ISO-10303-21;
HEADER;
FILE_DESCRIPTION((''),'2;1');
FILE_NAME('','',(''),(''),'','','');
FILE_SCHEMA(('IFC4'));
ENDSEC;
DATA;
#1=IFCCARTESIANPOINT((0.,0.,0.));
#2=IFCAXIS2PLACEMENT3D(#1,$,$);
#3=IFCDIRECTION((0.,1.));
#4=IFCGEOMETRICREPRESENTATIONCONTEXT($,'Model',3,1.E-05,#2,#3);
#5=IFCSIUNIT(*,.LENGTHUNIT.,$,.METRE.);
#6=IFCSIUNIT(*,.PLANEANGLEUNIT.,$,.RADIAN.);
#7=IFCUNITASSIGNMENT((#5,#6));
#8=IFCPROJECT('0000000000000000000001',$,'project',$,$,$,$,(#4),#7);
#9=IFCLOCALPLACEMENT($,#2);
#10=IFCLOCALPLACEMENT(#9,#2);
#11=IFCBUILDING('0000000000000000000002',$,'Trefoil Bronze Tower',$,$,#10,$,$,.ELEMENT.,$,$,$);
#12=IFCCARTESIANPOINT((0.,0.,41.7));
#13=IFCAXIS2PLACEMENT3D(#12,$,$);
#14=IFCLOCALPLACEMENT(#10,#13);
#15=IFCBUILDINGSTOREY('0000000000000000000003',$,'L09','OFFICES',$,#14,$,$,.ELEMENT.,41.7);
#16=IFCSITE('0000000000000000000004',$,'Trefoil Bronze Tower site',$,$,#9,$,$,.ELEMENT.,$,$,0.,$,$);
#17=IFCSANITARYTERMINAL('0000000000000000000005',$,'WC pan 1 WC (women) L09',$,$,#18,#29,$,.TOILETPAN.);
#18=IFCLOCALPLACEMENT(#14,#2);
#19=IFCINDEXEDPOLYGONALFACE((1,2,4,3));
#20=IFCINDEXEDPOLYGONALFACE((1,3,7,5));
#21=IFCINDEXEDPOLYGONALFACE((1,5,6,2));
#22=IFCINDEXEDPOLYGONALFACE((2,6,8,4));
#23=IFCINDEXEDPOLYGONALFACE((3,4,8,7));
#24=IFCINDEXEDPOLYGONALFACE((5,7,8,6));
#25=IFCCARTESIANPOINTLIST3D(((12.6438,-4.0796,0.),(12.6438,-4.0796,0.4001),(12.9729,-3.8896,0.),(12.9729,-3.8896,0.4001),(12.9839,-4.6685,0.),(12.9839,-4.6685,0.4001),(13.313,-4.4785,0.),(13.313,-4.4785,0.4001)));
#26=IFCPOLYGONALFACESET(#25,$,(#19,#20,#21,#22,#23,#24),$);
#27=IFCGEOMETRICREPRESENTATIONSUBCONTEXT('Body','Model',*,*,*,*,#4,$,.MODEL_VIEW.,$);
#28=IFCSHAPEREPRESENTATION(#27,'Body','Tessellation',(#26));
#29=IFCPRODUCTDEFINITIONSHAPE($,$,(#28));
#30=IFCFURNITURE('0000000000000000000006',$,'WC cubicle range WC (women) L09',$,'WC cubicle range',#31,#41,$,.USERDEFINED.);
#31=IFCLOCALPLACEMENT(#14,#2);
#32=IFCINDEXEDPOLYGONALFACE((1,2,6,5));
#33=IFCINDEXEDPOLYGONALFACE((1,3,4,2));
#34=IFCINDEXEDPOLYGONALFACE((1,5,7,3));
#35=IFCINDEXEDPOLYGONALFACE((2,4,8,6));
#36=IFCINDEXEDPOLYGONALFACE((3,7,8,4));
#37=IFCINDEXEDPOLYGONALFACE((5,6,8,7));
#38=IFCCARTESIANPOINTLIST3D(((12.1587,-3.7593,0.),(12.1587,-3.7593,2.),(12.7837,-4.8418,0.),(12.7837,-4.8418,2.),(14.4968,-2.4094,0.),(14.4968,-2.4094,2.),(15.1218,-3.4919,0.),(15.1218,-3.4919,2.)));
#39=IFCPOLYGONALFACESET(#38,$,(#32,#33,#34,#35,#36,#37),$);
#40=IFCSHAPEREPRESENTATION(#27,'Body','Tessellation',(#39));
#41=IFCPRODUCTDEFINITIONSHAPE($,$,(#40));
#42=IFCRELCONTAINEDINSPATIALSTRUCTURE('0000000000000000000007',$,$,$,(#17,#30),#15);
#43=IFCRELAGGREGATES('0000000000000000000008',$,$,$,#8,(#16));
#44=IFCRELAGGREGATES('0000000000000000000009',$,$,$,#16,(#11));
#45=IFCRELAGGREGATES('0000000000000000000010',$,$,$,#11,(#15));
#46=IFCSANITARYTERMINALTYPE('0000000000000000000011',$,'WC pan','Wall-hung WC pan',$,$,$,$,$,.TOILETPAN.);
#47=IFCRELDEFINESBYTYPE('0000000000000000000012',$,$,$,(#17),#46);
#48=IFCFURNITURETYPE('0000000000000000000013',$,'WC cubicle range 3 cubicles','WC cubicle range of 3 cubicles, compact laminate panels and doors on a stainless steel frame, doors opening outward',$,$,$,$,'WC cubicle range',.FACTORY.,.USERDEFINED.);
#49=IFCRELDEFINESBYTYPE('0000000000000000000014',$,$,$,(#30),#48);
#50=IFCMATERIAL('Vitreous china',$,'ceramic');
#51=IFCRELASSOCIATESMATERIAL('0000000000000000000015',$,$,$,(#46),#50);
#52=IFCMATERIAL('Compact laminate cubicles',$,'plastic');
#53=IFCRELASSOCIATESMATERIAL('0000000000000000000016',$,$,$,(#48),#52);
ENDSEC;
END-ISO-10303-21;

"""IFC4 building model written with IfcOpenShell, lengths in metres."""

from ifc_helpers import new_model, si_unit, direction, frame, origin, place, context, subcontext, project, spatial, polyline, outline, extrude, material, type_object, element, save


model = new_model("IFC4")

# Units and contexts
model_context = context("Model", 3, precision=1e-05, world=origin(), true_north=direction((0.0, 1.0)))
body_context = subcontext(model_context, "Body", "Model", "MODEL_VIEW")
ifc_project = project(units=[si_unit("LENGTHUNIT", "METRE"), si_unit("PLANEANGLEUNIT", "RADIAN")], contexts=[model_context])

# Site, building, storey
site_placement = place(None, origin())
site = spatial("IfcSite", under=ifc_project, at=site_placement, Name="Trefoil Bronze Tower site", CompositionType="ELEMENT", RefElevation=0.0)
building_placement = place(site_placement, origin())
building = spatial("IfcBuilding", under=site, at=building_placement, Name="Trefoil Bronze Tower", CompositionType="ELEMENT")
storey_placement = place(building_placement, frame((0.0, 0.0, 41.7)))
storey = spatial("IfcBuildingStorey", under=building, at=storey_placement, Name="L09", Description="OFFICES", CompositionType="ELEMENT", Elevation=41.7)

# Sanitary terminal
ifc_material_1 = material(Name="Vitreous china", Category="ceramic")
sanitary_terminal_type_1 = type_object("IfcSanitaryTerminalType", Name="WC pan", Description="Wall-hung WC pan", PredefinedType="TOILETPAN", material=ifc_material_1)
sanitary_terminal_1_placement = place(storey_placement, origin())
element("IfcSanitaryTerminal", 1, at=sanitary_terminal_1_placement, inside=storey, type_object=sanitary_terminal_type_1, Name="WC pan 1 WC (women) L09", PredefinedType="TOILETPAN", context=body_context, shape_type="SweptSolid", body=[
    extrude(outline(polyline([(12.6438, -4.0796), (12.9839, -4.6685), (13.313, -4.4785), (12.9729, -3.8896), (12.6438, -4.0796)])), origin(), (0.0, 0.0, 1.0), 0.4001),
])

# Furniture
ifc_material_2 = material(Name="Compact laminate cubicles", Category="plastic")
furniture_type = type_object("IfcFurnitureType", Name="WC cubicle range 3 cubicles", Description="WC cubicle range of 3 cubicles, compact laminate panels and doors on a stainless steel frame, doors opening outward", ElementType="WC cubicle range", AssemblyPlace="FACTORY", PredefinedType="USERDEFINED", material=ifc_material_2)
furniture_placement = place(storey_placement, origin())
element("IfcFurniture", 2, at=furniture_placement, inside=storey, type_object=furniture_type, Name="WC cubicle range WC (women) L09", ObjectType="WC cubicle range", PredefinedType="USERDEFINED", context=body_context, shape_type="SweptSolid", body=[
    extrude(outline(polyline([(12.1587, -3.7593), (12.7837, -4.8418), (15.1218, -3.4919), (14.4968, -2.4094), (12.1587, -3.7593)])), origin(), (0.0, 0.0, 1.0), 2.0),
])

save(model, "model.ifc")
